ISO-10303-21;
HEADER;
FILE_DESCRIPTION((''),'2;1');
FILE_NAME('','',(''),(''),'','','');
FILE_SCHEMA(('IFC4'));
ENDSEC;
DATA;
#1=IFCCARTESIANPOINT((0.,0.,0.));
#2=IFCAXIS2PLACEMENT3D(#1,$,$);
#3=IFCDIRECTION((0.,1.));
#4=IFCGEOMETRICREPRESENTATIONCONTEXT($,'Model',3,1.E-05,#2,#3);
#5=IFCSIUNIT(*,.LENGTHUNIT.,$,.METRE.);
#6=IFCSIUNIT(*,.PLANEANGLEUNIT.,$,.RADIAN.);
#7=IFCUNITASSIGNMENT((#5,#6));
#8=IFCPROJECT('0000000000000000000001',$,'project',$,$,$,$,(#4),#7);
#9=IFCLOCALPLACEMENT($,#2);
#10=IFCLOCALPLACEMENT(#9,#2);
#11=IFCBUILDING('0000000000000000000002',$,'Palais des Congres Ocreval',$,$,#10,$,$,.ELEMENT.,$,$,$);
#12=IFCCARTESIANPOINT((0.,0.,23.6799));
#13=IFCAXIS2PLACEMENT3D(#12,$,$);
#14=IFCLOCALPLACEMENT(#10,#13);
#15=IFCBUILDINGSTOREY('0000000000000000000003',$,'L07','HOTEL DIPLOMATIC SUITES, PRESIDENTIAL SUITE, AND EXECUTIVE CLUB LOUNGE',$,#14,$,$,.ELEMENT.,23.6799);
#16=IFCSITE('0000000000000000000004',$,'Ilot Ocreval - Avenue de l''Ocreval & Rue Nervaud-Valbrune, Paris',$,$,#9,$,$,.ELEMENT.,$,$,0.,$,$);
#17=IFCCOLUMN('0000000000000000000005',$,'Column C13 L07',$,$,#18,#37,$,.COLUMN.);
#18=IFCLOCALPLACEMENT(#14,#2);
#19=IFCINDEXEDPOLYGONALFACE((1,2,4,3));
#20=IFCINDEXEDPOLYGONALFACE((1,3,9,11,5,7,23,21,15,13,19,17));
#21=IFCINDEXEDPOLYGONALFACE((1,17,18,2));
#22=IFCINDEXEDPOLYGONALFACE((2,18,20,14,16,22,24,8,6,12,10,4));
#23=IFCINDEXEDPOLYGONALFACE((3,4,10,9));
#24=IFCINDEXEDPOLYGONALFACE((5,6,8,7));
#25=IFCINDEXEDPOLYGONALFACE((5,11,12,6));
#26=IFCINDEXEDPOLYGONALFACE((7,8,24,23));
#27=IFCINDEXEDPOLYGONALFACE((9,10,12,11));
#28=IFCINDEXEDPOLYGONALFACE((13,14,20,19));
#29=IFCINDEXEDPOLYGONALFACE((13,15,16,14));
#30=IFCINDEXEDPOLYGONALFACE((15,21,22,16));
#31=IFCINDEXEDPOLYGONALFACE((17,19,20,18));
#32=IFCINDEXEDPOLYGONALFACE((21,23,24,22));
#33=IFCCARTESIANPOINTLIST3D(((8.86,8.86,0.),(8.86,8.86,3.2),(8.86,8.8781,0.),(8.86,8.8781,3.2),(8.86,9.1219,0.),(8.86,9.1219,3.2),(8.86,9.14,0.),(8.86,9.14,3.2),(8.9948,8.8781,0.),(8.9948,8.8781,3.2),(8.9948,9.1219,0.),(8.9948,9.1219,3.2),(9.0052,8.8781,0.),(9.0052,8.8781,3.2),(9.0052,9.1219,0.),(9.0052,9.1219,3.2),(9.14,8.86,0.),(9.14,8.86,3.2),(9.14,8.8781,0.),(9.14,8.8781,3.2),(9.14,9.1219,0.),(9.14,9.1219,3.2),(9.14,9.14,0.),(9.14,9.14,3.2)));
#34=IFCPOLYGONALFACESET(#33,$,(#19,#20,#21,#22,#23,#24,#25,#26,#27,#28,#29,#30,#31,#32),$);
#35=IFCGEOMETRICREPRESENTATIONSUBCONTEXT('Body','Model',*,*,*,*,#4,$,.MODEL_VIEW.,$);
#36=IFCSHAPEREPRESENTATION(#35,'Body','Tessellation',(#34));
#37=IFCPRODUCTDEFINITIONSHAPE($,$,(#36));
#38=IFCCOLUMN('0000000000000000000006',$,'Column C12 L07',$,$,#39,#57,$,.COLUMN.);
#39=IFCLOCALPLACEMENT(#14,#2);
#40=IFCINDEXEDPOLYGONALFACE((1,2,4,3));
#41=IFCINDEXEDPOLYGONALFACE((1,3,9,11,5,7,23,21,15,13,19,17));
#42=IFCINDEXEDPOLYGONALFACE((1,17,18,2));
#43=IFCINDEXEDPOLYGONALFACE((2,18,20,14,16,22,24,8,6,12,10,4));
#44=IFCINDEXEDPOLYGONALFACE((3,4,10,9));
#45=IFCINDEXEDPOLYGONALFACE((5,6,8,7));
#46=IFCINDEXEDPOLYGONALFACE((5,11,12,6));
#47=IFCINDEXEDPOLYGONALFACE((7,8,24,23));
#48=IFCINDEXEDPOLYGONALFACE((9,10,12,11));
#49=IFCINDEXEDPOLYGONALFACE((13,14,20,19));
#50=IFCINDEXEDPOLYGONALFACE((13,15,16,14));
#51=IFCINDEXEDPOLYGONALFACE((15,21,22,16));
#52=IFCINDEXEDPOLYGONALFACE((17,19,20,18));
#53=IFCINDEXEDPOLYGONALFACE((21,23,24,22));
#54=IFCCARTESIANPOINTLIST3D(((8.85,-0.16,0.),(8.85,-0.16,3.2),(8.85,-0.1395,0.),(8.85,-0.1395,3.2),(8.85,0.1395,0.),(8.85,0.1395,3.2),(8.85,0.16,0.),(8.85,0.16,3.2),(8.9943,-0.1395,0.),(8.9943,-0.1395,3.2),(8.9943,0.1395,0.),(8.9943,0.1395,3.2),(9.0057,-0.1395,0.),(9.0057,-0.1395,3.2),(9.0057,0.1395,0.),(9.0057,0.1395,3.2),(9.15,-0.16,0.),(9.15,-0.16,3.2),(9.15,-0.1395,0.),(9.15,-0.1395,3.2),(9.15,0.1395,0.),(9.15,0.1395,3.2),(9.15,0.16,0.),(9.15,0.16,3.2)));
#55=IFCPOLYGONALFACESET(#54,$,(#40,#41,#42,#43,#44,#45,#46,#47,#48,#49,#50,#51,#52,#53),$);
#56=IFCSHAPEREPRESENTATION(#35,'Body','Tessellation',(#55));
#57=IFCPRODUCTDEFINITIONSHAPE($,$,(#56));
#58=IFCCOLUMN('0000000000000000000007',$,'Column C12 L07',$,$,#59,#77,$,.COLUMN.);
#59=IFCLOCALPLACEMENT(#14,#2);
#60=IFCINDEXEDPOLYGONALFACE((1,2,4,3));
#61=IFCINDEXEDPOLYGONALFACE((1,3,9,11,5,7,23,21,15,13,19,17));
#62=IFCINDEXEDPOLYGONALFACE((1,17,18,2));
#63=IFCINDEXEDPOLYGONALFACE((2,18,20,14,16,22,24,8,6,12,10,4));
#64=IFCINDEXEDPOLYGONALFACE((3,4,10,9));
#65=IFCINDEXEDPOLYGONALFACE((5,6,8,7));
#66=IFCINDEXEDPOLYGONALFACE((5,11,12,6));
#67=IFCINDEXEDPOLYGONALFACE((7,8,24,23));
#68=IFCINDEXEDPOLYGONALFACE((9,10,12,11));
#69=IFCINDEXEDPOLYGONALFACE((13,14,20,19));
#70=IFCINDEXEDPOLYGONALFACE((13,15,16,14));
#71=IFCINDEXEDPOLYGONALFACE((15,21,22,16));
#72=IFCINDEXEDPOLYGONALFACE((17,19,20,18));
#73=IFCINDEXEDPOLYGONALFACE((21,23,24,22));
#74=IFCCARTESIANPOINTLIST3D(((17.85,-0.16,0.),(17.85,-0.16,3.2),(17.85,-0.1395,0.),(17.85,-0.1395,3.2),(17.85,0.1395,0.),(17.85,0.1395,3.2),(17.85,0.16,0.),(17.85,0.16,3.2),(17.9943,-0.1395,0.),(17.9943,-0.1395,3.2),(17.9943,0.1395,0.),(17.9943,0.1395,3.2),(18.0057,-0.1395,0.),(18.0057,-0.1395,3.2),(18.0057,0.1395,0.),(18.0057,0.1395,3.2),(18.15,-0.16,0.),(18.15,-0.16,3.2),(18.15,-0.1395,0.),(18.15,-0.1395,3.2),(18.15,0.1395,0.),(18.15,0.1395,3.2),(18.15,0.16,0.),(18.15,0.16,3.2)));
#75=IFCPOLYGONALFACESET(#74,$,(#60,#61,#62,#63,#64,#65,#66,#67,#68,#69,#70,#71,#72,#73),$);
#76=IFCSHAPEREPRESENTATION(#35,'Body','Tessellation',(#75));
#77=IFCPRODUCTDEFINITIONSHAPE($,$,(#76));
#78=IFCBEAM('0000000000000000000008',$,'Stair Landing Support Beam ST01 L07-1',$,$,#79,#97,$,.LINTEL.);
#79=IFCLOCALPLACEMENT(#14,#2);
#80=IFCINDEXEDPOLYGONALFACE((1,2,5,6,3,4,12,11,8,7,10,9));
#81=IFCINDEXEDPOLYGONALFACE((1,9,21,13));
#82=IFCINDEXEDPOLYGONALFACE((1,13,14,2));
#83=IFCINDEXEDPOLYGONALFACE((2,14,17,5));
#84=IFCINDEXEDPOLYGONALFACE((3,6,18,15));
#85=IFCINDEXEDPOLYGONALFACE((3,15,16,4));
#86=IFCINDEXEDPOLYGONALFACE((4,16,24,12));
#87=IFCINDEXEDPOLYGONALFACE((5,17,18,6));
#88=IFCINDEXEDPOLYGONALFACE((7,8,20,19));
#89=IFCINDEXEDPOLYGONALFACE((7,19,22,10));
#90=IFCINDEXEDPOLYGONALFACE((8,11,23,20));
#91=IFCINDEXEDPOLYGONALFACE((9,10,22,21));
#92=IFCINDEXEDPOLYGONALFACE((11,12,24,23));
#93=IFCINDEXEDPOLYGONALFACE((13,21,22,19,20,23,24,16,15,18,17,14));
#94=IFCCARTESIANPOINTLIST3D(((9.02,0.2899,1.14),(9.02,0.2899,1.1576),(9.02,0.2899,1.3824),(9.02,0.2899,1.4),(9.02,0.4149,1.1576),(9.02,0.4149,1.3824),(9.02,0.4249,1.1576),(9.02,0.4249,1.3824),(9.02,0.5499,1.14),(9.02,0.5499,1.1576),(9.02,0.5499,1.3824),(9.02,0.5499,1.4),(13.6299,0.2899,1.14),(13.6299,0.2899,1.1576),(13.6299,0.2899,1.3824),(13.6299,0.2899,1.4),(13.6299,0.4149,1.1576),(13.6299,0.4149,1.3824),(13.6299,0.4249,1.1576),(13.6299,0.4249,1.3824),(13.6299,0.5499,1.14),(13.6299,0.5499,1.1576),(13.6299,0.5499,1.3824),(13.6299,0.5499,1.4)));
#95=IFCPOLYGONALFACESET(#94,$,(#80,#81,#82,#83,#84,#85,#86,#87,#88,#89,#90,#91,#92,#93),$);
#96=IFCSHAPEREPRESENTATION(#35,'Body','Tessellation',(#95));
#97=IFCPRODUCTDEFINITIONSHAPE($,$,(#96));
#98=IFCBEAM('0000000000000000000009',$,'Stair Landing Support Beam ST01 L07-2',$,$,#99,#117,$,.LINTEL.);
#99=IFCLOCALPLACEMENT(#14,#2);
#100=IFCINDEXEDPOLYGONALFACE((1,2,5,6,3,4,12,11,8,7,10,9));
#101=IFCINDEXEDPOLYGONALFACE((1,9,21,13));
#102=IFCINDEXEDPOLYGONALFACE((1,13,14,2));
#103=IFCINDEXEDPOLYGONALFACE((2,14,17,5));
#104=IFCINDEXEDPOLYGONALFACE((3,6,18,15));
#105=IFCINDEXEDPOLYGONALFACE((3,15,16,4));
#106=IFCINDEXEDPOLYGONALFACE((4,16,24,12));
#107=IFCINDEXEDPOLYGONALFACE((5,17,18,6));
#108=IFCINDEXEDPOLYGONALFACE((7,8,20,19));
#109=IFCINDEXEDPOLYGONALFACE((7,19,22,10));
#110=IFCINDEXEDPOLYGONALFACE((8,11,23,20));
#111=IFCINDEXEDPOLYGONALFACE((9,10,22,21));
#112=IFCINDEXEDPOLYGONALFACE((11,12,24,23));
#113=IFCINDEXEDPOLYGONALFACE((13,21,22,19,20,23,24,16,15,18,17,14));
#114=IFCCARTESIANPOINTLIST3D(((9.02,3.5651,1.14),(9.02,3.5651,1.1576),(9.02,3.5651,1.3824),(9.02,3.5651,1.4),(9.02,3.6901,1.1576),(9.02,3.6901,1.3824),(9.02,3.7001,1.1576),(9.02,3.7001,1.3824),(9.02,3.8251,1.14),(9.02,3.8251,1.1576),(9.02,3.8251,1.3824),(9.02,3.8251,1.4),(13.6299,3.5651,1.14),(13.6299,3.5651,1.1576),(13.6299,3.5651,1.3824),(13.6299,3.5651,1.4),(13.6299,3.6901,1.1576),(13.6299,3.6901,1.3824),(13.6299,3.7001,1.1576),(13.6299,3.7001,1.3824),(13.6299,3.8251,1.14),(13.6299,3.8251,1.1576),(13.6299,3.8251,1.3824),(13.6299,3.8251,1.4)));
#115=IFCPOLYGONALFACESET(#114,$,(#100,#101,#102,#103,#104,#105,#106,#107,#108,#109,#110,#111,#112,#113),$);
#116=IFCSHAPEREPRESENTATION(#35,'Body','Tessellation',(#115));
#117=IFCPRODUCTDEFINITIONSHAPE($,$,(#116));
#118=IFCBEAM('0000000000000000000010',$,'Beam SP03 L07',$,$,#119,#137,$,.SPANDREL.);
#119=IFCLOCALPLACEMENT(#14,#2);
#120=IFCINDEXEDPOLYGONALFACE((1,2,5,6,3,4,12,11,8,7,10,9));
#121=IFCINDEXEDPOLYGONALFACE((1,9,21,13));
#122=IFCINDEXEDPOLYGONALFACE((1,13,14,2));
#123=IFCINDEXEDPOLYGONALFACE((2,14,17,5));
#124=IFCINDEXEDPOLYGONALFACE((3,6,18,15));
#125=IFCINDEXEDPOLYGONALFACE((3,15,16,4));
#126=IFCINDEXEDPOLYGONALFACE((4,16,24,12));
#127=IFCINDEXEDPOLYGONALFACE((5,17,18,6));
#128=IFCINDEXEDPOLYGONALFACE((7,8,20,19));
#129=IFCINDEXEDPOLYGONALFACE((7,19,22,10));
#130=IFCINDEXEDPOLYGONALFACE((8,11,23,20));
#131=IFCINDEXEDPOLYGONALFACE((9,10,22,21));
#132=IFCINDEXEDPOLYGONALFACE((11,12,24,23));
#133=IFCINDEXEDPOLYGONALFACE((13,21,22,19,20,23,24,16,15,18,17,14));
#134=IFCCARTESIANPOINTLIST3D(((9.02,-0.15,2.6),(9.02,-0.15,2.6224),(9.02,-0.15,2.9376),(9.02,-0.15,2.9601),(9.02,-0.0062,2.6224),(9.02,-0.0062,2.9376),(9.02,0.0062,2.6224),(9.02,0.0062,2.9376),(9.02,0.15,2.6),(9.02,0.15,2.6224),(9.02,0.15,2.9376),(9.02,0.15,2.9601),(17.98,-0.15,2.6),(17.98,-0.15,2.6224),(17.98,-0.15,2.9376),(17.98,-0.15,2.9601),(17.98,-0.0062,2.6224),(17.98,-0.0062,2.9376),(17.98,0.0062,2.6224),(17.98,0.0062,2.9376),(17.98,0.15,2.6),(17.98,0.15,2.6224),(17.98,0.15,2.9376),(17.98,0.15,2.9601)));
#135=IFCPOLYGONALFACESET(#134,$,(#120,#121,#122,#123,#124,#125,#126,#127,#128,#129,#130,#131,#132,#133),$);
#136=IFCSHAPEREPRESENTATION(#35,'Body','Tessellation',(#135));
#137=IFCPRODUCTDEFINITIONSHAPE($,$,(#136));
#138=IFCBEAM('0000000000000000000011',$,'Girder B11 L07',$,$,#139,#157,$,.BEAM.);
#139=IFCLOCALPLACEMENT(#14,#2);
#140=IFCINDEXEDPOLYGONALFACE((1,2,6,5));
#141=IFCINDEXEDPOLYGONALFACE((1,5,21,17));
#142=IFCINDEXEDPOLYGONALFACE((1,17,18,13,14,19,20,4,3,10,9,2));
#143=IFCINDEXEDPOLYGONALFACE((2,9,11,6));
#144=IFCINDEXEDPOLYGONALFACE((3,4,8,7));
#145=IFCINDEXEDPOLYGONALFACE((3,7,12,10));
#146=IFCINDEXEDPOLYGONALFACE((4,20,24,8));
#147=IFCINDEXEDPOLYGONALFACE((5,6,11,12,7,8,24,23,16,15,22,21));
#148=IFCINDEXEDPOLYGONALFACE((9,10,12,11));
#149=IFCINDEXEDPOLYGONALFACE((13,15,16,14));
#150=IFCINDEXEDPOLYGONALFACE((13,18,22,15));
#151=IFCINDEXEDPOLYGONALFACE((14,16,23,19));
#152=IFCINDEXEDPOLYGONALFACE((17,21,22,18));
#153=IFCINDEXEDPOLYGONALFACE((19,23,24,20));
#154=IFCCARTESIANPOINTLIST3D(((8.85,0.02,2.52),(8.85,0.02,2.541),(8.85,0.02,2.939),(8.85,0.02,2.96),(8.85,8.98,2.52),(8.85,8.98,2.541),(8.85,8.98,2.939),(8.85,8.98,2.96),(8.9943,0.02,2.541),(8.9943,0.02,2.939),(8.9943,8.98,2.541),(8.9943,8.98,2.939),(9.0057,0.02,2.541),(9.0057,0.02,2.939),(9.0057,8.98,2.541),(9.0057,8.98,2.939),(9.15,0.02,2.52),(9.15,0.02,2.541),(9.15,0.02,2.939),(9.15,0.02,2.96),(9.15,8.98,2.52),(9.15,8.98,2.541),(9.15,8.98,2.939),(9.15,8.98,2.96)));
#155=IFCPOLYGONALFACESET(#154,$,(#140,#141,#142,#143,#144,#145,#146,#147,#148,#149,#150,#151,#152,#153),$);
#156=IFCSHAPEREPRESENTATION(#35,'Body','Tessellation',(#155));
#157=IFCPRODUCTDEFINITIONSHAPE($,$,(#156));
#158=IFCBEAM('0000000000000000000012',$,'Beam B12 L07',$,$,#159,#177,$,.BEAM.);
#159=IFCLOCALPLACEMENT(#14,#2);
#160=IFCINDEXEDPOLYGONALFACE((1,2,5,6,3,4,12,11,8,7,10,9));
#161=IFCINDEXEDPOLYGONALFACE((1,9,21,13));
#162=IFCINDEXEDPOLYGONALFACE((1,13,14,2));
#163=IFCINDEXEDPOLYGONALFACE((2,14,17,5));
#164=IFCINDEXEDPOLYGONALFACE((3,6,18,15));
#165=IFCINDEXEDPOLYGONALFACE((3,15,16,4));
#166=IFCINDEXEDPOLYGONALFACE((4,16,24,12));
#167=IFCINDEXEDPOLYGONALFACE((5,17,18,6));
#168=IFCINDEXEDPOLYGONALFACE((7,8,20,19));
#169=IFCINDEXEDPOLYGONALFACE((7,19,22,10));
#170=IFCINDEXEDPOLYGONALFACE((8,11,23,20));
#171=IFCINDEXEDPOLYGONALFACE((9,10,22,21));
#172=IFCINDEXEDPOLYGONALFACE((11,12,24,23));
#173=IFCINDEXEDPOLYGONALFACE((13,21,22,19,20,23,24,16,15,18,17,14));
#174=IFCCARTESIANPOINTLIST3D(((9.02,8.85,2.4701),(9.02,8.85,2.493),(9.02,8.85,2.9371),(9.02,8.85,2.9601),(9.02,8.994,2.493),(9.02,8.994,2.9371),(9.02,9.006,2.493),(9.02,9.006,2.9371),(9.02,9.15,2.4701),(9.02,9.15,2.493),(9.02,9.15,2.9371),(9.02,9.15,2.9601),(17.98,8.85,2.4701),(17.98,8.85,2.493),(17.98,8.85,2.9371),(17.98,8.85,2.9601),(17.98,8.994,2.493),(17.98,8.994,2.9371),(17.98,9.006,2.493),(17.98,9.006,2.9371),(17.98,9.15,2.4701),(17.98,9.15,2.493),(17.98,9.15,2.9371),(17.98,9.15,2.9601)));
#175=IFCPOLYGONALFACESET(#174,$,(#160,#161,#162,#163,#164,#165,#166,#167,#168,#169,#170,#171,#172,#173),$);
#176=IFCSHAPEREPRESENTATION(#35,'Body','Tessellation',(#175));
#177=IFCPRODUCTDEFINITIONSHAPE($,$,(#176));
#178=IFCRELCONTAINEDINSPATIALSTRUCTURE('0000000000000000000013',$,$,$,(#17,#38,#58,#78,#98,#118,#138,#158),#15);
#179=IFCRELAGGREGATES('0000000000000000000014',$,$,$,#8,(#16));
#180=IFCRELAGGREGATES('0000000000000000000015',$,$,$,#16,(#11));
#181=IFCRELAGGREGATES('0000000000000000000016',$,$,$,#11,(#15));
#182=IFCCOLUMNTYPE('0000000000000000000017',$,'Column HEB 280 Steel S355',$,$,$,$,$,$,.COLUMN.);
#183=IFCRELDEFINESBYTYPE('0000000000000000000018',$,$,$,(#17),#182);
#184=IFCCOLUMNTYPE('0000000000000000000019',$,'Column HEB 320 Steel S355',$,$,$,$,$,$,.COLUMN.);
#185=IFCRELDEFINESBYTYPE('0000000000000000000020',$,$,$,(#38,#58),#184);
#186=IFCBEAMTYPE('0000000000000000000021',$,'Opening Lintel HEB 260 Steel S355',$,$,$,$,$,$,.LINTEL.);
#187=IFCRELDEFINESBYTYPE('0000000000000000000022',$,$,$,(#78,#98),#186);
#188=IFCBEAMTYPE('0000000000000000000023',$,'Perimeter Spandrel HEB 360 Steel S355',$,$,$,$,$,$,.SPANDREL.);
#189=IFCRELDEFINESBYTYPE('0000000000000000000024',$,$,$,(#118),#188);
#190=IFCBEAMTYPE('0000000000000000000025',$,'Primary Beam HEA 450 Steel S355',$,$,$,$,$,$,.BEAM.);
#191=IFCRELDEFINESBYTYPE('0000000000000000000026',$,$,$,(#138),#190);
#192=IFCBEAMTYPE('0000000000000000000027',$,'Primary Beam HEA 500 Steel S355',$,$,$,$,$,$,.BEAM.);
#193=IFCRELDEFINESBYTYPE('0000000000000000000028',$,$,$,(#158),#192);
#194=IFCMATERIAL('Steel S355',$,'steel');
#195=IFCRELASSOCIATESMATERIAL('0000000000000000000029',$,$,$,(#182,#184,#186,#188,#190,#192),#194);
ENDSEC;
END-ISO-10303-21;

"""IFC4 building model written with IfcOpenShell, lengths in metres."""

from ifc_helpers import new_model, si_unit, direction, frame, origin, origin_2d, place, context, subcontext, project, spatial, i_section, extrude, material, material_profile, profile_set, type_object, element, save


model = new_model("IFC4")

# Units and contexts
model_context = context("Model", 3, precision=1e-05, world=origin(), true_north=direction((0.0, 1.0)))
body_context = subcontext(model_context, "Body", "Model", "MODEL_VIEW")
ifc_project = project(units=[si_unit("LENGTHUNIT", "METRE"), si_unit("PLANEANGLEUNIT", "RADIAN")], contexts=[model_context])

# Site, building, storey
site_placement = place(None, origin())
site = spatial("IfcSite", under=ifc_project, at=site_placement, Name="Ilot Ocreval - Avenue de l'Ocreval & Rue Nervaud-Valbrune, Paris", CompositionType="ELEMENT", RefElevation=0.0)
building_placement = place(site_placement, origin())
building = spatial("IfcBuilding", under=site, at=building_placement, Name="Palais des Congres Ocreval", CompositionType="ELEMENT")
storey_placement = place(building_placement, frame((0.0, 0.0, 23.6799)))
storey = spatial("IfcBuildingStorey", under=building, at=storey_placement, Name="L07", Description="HOTEL DIPLOMATIC SUITES, PRESIDENTIAL SUITE, AND EXECUTIVE CLUB LOUNGE", CompositionType="ELEMENT", Elevation=23.6799)

# Columns
ifc_material_1 = material(Name="Steel S355", Category="steel")
ifc_material_profile_1 = material_profile(ifc_material_1, i_section(OverallWidth=0.28, OverallDepth=0.28, WebThickness=0.0105, FlangeThickness=0.0181, at=origin_2d()), Name="HEB 280")
ifc_profile_set_1 = profile_set([ifc_material_profile_1], Name="Steel S355")
column_type_1 = type_object("IfcColumnType", Name="Column HEB 280 Steel S355", PredefinedType="COLUMN", material=ifc_profile_set_1)
column_placement = place(storey_placement, frame((9.0, 9.0, 0.0), z_axis=(0.0, 0.0, 1.0), x_axis=(1.0, 0.0, 0.0)))
element("IfcColumn", 1, at=column_placement, inside=storey, type_object=column_type_1, Name="Column C13 L07", PredefinedType="COLUMN", context=body_context, shape_type="SweptSolid", body=[
    extrude(i_section(OverallWidth=0.28, OverallDepth=0.28, WebThickness=0.0105, FlangeThickness=0.0181, at=origin_2d()), origin(), (0.0, 0.0, 1.0), 3.2),
])
ifc_material_profile_2 = material_profile(ifc_material_1, i_section(OverallWidth=0.3, OverallDepth=0.3201, WebThickness=0.0115, FlangeThickness=0.0205, at=origin_2d()), Name="HEB 320")
ifc_profile_set_2 = profile_set([ifc_material_profile_2], Name="Steel S355")
column_type_2 = type_object("IfcColumnType", Name="Column HEB 320 Steel S355", PredefinedType="COLUMN", material=ifc_profile_set_2)
for number, where, z_axis, x_axis, name in (
    (2, (9.0, 0.0, 0.0), (0.0, 0.0, 1.0), (1.0, 0.0, 0.0), "Column C12 L07"),
    (3, (18.0, 0.0, 0.0), (0.0, 0.0, 1.0), (1.0, 0.0, 0.0), "Column C12 L07"),
):
    element("IfcColumn", number, at=place(storey_placement, frame(where, z_axis=z_axis, x_axis=x_axis)), inside=storey, type_object=column_type_2, Name=name, PredefinedType="COLUMN", context=body_context, shape_type="SweptSolid", body=[
        extrude(i_section(OverallWidth=0.3, OverallDepth=0.3201, WebThickness=0.0115, FlangeThickness=0.0205, at=origin_2d()), origin(), (0.0, 0.0, 1.0), 3.2),
    ])

# Beams
ifc_material_profile_3 = material_profile(ifc_material_1, i_section(OverallWidth=0.26, OverallDepth=0.26, WebThickness=0.01, FlangeThickness=0.0176, at=origin_2d()), Name="HEB 260")
ifc_profile_set_3 = profile_set([ifc_material_profile_3], Name="Steel S355")
beam_type_1 = type_object("IfcBeamType", Name="Opening Lintel HEB 260 Steel S355", PredefinedType="LINTEL", material=ifc_profile_set_3)
for number, where, z_axis, x_axis, name in (
    (4, (9.02, 0.4199, 1.27), (1.0, 0.0, 0.0), (0.0, 1.0, 0.0), "Stair Landing Support Beam ST01 L07-1"),
    (5, (9.02, 3.6951, 1.27), (1.0, 0.0, 0.0), (0.0, 1.0, 0.0), "Stair Landing Support Beam ST01 L07-2"),
):
    element("IfcBeam", number, at=place(storey_placement, frame(where, z_axis=z_axis, x_axis=x_axis)), inside=storey, type_object=beam_type_1, Name=name, PredefinedType="LINTEL", context=body_context, shape_type="SweptSolid", body=[
        extrude(i_section(OverallWidth=0.26, OverallDepth=0.26, WebThickness=0.01, FlangeThickness=0.0176, at=origin_2d()), origin(), (0.0, 0.0, 1.0), 4.6099),
    ])
ifc_material_profile_4 = material_profile(ifc_material_1, i_section(OverallWidth=0.3, OverallDepth=0.3601, WebThickness=0.0125, FlangeThickness=0.0225, at=origin_2d()), Name="HEB 360")
ifc_profile_set_4 = profile_set([ifc_material_profile_4], Name="Steel S355")
beam_type_2 = type_object("IfcBeamType", Name="Perimeter Spandrel HEB 360 Steel S355", PredefinedType="SPANDREL", material=ifc_profile_set_4)
beam_1_placement = place(storey_placement, frame((9.02, 0.0, 2.78), z_axis=(1.0, 0.0, 0.0), x_axis=(0.0, 1.0, 0.0)))
element("IfcBeam", 6, at=beam_1_placement, inside=storey, type_object=beam_type_2, Name="Beam SP03 L07", PredefinedType="SPANDREL", context=body_context, shape_type="SweptSolid", body=[
    extrude(i_section(OverallWidth=0.3, OverallDepth=0.3601, WebThickness=0.0125, FlangeThickness=0.0225, at=origin_2d()), origin(), (0.0, 0.0, 1.0), 8.96),
])
ifc_material_profile_5 = material_profile(ifc_material_1, i_section(OverallWidth=0.3, OverallDepth=0.4399, WebThickness=0.0115, FlangeThickness=0.021, at=origin_2d()), Name="HEA 450")
ifc_profile_set_5 = profile_set([ifc_material_profile_5], Name="Steel S355")
beam_type_3 = type_object("IfcBeamType", Name="Primary Beam HEA 450 Steel S355", PredefinedType="BEAM", material=ifc_profile_set_5)
beam_2_placement = place(storey_placement, frame((9.0, 0.02, 2.74), z_axis=(0.0, 1.0, 0.0), x_axis=(-1.0, 0.0, 0.0)))
element("IfcBeam", 7, at=beam_2_placement, inside=storey, type_object=beam_type_3, Name="Girder B11 L07", PredefinedType="BEAM", context=body_context, shape_type="SweptSolid", body=[
    extrude(i_section(OverallWidth=0.3, OverallDepth=0.4399, WebThickness=0.0115, FlangeThickness=0.021, at=origin_2d()), origin(), (0.0, 0.0, 1.0), 8.96),
])
ifc_material_profile_6 = material_profile(ifc_material_1, i_section(OverallWidth=0.3, OverallDepth=0.49, WebThickness=0.012, FlangeThickness=0.0229, at=origin_2d()), Name="HEA 500")
ifc_profile_set_6 = profile_set([ifc_material_profile_6], Name="Steel S355")
beam_type_4 = type_object("IfcBeamType", Name="Primary Beam HEA 500 Steel S355", PredefinedType="BEAM", material=ifc_profile_set_6)
beam_3_placement = place(storey_placement, frame((9.02, 9.0, 2.7151), z_axis=(1.0, 0.0, 0.0), x_axis=(0.0, 1.0, 0.0)))
element("IfcBeam", 8, at=beam_3_placement, inside=storey, type_object=beam_type_4, Name="Beam B12 L07", PredefinedType="BEAM", context=body_context, shape_type="SweptSolid", body=[
    extrude(i_section(OverallWidth=0.3, OverallDepth=0.49, WebThickness=0.012, FlangeThickness=0.0229, at=origin_2d()), origin(), (0.0, 0.0, 1.0), 8.96),
])

save(model, "model.ifc")
